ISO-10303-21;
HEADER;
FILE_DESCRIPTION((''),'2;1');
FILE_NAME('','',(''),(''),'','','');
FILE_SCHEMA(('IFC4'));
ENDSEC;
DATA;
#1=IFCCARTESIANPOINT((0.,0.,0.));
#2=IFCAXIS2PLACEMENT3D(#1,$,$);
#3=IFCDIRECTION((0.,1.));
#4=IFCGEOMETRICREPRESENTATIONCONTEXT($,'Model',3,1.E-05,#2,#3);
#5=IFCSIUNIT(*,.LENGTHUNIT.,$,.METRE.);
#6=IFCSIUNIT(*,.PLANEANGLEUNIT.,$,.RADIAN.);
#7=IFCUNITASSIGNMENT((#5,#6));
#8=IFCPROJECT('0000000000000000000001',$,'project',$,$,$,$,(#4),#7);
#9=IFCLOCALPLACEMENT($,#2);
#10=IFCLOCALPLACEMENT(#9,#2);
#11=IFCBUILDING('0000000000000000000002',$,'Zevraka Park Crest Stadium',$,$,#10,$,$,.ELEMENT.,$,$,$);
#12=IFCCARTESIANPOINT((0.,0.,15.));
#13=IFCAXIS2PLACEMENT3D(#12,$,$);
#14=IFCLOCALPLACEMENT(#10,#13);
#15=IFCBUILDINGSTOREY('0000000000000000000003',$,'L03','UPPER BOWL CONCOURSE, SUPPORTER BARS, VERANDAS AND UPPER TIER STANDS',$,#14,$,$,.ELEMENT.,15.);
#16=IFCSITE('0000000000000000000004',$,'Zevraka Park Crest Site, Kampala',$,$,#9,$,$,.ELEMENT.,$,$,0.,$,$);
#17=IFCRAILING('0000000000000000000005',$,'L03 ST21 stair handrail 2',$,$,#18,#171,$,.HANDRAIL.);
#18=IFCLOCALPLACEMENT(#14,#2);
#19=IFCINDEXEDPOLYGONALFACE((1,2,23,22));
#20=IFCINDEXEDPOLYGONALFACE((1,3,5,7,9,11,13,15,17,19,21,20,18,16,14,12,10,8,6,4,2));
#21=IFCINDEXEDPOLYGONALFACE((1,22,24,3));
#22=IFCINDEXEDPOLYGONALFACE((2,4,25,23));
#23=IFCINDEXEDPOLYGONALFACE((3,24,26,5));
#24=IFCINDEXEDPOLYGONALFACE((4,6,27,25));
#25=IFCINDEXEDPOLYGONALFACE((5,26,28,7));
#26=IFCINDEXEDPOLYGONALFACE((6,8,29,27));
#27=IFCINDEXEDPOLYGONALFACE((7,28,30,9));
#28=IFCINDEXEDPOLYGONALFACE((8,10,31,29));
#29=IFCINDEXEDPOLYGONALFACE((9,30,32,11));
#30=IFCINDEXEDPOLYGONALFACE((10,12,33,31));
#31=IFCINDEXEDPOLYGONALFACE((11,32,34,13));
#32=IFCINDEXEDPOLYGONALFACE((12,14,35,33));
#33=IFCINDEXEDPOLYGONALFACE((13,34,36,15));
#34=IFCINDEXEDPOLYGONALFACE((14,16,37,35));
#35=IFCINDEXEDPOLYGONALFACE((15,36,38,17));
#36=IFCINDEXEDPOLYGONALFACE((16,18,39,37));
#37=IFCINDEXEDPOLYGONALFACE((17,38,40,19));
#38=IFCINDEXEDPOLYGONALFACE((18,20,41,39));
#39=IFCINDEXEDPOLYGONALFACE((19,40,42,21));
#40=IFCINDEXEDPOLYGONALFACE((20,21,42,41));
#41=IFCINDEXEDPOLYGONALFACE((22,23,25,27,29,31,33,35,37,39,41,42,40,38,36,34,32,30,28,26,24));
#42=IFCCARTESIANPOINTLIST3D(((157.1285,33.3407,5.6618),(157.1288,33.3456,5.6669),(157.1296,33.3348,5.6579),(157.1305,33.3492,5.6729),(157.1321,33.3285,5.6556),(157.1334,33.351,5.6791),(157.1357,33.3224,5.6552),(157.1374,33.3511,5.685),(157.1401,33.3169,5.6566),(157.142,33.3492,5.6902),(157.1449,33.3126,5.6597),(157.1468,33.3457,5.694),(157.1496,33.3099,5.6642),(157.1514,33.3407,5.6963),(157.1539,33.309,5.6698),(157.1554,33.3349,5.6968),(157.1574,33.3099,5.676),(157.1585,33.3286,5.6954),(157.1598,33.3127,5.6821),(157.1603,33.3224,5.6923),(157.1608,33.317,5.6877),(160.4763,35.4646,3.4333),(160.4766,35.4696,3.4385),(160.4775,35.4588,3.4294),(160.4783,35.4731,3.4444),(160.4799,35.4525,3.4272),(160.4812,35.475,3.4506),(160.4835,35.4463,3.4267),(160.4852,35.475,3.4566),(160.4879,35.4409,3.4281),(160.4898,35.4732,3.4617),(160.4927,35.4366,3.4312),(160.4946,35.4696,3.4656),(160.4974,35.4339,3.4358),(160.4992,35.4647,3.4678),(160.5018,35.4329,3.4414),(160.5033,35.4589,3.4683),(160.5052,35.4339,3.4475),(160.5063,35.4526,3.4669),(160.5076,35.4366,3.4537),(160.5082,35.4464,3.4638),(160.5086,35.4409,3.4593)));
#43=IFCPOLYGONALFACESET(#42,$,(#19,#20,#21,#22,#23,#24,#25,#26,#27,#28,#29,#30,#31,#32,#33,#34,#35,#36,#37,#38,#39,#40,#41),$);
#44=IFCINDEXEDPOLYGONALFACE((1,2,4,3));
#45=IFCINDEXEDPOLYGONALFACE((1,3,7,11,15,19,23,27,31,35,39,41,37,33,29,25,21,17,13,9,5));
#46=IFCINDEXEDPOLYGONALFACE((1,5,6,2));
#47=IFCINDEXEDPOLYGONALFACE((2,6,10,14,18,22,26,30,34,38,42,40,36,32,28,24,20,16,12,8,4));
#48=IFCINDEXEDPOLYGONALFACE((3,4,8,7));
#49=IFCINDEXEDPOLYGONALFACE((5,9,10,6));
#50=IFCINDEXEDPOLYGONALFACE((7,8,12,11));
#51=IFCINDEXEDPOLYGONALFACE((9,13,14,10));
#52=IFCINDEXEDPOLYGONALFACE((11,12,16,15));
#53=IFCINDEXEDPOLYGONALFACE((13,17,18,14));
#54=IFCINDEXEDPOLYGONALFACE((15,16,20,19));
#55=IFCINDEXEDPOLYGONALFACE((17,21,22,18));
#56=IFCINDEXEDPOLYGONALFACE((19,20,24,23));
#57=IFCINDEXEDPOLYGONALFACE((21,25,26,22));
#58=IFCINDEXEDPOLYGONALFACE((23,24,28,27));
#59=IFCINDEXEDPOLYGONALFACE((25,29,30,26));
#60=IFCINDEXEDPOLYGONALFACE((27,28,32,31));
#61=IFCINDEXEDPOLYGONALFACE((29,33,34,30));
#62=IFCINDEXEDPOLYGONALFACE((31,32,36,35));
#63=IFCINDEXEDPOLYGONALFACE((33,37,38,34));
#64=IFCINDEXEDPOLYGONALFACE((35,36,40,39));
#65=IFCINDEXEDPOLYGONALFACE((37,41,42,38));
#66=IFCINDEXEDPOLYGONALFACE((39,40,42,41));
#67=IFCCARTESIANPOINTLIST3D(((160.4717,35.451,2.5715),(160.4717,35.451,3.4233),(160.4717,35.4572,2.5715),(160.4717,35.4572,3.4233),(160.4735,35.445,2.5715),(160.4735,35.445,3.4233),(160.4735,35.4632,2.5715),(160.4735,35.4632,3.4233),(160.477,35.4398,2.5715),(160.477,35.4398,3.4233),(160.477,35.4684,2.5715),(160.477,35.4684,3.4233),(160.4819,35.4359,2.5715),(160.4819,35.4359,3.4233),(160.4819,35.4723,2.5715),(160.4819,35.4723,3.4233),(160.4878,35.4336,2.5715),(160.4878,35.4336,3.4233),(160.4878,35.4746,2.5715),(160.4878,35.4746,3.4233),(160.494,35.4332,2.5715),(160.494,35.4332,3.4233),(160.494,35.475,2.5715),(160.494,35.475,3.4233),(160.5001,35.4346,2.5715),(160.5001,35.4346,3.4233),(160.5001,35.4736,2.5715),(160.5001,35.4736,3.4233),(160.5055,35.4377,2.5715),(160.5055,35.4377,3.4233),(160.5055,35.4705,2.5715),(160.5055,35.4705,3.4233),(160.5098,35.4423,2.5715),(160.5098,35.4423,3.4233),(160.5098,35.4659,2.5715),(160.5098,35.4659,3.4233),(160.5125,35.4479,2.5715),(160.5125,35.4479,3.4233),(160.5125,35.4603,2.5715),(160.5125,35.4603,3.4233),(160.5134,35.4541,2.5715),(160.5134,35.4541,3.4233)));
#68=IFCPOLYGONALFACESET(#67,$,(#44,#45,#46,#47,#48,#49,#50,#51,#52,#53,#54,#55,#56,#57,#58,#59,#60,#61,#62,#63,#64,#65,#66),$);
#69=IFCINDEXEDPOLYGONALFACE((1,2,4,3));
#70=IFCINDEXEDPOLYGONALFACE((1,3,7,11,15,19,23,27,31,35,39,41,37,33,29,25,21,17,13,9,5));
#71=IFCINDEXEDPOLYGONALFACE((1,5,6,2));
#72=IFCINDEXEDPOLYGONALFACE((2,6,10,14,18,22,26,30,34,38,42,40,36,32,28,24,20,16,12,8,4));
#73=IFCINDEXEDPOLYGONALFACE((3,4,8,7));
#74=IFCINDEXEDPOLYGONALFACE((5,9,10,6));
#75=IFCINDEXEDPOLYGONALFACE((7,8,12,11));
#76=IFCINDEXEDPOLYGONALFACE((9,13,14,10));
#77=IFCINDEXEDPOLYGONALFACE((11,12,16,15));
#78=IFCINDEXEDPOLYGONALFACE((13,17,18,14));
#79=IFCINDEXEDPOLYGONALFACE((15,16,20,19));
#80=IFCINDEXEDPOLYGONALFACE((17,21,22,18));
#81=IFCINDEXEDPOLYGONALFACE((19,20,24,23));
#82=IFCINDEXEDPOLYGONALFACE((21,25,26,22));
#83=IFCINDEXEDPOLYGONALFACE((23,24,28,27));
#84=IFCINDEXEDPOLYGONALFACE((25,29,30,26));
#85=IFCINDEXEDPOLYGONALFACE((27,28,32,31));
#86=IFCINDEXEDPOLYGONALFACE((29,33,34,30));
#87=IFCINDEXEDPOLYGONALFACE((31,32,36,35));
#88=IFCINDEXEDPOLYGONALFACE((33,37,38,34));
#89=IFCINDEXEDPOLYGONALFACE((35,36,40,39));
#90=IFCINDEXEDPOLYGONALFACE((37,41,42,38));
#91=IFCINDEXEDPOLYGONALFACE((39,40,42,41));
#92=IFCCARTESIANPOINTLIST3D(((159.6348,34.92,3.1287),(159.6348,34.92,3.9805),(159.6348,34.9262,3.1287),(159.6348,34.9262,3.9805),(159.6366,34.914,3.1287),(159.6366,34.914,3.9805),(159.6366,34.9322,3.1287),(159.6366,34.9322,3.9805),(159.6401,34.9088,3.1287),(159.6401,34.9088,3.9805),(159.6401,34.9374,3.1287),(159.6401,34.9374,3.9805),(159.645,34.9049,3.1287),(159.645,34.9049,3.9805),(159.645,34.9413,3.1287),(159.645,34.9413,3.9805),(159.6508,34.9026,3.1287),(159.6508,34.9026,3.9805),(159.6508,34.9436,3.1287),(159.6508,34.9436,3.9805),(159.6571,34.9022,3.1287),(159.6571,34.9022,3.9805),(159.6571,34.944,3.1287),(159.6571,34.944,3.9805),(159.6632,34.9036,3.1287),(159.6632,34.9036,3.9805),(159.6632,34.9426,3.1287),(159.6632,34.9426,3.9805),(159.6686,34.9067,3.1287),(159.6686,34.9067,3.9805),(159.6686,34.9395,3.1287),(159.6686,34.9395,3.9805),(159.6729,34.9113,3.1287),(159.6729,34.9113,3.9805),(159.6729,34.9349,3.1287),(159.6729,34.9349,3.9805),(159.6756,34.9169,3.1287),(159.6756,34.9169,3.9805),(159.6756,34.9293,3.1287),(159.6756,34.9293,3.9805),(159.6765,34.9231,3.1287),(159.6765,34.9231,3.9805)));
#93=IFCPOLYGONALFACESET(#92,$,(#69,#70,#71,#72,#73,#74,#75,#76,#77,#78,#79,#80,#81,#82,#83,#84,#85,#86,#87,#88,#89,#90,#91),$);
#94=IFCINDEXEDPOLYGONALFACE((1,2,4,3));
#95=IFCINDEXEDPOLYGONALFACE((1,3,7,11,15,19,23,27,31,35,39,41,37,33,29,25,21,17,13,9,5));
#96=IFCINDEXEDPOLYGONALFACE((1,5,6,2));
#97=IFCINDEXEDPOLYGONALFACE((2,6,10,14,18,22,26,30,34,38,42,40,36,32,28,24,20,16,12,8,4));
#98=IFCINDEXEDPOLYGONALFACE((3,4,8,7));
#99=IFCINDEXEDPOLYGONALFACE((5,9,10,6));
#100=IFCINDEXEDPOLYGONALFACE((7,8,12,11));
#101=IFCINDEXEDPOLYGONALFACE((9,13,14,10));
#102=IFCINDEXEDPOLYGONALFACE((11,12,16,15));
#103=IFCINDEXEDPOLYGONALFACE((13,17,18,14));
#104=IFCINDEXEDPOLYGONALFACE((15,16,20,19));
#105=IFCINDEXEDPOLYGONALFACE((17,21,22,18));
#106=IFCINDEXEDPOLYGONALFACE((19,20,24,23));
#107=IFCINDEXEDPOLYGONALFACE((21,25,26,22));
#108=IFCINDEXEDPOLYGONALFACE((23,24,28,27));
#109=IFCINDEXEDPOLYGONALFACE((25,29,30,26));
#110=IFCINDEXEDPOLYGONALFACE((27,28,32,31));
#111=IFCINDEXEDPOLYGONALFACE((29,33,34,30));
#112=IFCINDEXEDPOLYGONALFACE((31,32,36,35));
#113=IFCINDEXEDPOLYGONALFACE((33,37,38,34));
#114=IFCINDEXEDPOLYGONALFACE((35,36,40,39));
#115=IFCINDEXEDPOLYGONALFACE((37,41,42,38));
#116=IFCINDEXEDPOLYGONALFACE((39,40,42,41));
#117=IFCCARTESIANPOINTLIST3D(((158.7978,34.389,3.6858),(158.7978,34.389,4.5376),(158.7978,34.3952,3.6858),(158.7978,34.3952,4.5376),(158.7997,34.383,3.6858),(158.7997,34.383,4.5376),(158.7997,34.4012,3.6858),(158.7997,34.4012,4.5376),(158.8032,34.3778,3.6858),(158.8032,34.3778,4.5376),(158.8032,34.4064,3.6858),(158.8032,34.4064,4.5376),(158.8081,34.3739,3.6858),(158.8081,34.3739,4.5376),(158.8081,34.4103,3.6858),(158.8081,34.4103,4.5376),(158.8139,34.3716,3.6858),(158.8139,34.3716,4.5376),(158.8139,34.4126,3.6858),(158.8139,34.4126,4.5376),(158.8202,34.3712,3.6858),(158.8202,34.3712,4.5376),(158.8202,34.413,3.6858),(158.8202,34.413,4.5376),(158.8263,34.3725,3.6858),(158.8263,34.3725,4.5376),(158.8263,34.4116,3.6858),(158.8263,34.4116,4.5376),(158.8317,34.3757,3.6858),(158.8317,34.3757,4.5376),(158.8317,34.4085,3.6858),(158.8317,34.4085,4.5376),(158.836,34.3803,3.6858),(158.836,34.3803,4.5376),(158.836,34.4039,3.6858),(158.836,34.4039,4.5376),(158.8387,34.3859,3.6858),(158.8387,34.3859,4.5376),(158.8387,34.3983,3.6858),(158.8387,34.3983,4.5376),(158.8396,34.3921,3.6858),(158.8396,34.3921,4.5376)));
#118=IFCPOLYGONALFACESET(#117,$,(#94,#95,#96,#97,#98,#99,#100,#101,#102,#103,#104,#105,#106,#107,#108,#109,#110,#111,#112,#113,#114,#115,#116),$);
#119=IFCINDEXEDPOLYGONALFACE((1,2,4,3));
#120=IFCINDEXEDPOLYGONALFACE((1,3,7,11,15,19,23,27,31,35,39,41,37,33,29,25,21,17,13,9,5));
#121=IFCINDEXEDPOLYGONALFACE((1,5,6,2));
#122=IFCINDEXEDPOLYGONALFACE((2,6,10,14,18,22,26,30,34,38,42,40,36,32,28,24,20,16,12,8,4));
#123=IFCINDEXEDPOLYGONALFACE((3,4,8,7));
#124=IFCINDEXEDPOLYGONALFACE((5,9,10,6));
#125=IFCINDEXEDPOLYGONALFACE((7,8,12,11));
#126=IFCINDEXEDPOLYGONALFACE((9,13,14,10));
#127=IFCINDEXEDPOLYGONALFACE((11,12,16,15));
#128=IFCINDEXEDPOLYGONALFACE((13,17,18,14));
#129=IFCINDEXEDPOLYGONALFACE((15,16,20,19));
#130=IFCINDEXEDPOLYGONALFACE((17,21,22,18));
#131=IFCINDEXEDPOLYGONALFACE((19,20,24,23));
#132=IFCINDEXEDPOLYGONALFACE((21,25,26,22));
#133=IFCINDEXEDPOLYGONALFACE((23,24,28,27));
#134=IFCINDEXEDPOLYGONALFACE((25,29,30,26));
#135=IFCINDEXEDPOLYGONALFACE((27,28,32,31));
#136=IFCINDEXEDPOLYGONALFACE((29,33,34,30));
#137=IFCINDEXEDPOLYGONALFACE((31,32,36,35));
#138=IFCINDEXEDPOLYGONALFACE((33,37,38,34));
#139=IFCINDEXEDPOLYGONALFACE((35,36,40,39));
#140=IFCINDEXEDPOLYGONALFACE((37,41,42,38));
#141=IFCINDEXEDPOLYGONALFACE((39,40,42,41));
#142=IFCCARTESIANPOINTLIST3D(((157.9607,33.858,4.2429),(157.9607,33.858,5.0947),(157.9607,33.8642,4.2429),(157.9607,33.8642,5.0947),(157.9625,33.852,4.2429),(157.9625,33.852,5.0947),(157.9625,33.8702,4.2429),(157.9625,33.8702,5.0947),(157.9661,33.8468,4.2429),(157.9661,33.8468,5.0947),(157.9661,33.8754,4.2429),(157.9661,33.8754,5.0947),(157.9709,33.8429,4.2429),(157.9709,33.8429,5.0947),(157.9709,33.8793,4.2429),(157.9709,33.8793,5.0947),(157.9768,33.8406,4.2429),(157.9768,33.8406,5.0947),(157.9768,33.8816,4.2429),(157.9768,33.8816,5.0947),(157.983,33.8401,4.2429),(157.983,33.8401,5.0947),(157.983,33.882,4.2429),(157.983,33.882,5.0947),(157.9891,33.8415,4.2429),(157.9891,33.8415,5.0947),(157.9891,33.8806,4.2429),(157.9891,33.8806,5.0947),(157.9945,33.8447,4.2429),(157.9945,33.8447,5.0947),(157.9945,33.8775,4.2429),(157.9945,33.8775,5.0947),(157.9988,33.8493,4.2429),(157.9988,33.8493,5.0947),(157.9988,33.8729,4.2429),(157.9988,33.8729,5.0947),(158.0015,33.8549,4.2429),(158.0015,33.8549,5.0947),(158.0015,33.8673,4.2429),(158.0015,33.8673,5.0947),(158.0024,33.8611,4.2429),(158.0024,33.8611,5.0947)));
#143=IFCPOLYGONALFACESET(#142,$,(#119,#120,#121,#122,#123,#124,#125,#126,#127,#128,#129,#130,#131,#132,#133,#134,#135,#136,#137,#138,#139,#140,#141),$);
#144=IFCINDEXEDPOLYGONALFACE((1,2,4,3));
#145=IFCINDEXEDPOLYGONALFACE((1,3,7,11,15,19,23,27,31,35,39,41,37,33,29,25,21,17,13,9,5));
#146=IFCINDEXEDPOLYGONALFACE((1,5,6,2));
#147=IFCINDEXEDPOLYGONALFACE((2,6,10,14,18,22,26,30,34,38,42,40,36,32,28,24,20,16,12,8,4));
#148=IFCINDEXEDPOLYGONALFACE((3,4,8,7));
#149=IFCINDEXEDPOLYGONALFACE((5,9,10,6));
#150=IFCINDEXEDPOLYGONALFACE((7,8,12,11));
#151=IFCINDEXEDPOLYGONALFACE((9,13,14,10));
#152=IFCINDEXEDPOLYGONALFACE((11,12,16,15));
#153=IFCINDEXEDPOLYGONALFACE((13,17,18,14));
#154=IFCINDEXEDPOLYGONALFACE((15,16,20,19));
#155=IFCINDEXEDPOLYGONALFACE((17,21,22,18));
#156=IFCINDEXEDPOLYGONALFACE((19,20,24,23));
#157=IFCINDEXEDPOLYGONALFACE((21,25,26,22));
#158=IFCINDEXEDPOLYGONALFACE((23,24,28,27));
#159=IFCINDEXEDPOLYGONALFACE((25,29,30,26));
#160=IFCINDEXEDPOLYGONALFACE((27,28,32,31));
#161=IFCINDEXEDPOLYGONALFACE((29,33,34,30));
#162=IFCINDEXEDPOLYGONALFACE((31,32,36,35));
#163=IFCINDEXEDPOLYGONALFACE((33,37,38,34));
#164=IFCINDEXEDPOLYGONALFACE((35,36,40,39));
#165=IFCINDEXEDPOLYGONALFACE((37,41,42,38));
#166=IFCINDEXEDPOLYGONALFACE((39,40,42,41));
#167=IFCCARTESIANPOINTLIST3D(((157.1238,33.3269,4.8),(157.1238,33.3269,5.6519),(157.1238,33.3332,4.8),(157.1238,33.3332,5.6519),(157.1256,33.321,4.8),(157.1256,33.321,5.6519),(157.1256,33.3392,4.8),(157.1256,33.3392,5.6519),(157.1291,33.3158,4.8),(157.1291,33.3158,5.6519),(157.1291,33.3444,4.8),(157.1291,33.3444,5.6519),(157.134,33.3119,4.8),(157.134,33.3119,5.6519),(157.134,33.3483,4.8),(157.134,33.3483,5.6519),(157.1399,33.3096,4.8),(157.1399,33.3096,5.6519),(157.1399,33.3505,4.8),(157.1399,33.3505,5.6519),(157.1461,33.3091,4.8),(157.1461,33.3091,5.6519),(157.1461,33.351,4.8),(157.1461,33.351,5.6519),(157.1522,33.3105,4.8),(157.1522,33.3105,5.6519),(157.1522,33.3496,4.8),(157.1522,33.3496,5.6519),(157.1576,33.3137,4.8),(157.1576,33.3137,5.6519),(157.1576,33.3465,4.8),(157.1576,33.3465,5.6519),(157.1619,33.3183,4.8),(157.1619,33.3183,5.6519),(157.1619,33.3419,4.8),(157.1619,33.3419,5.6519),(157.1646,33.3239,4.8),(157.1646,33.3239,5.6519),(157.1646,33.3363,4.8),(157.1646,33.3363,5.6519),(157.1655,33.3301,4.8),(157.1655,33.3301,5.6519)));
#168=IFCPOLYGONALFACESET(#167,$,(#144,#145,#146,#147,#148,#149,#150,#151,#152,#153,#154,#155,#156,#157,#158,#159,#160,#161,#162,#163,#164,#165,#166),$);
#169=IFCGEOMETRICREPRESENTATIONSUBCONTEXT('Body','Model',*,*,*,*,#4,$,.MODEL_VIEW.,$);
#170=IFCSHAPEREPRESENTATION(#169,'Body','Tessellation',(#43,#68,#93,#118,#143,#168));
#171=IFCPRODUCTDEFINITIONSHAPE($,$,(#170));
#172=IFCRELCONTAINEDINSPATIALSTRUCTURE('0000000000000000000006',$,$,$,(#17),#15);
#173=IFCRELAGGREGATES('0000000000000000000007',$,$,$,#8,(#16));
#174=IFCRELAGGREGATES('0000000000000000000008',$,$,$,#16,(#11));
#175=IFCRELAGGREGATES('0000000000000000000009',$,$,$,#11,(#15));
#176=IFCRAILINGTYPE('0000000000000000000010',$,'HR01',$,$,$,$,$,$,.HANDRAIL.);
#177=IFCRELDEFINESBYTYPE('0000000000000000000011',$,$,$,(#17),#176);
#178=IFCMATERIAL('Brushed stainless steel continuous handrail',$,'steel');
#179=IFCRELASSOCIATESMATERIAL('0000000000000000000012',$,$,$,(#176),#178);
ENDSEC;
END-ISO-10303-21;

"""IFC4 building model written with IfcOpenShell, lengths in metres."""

from ifc_helpers import new_model, si_unit, direction, frame, origin, origin_2d, place, context, subcontext, project, spatial, circle, extrude, material, type_object, element, save


model = new_model("IFC4")

# Units and contexts
model_context = context("Model", 3, precision=1e-05, world=origin(), true_north=direction((0.0, 1.0)))
body_context = subcontext(model_context, "Body", "Model", "MODEL_VIEW")
ifc_project = project(units=[si_unit("LENGTHUNIT", "METRE"), si_unit("PLANEANGLEUNIT", "RADIAN")], contexts=[model_context])

# Site, building, storey
site_placement = place(None, origin())
site = spatial("IfcSite", under=ifc_project, at=site_placement, Name="Zevraka Park Crest Site, Kampala", CompositionType="ELEMENT", RefElevation=0.0)
building_placement = place(site_placement, origin())
building = spatial("IfcBuilding", under=site, at=building_placement, Name="Zevraka Park Crest Stadium", CompositionType="ELEMENT")
storey_placement = place(building_placement, frame((0.0, 0.0, 15.0)))
storey = spatial("IfcBuildingStorey", under=building, at=storey_placement, Name="L03", Description="UPPER BOWL CONCOURSE, SUPPORTER BARS, VERANDAS AND UPPER TIER STANDS", CompositionType="ELEMENT", Elevation=15.0)

# Railing
ifc_material_1 = material(Name="Brushed stainless steel continuous handrail", Category="steel")
railing_type_1 = type_object("IfcRailingType", Name="HR01", PredefinedType="HANDRAIL", material=ifc_material_1)
railing_1_placement = place(storey_placement, frame((160.4924, 35.4541, 2.5715)))
element("IfcRailing", 1, at=railing_1_placement, inside=storey, type_object=railing_type_1, Name="L03 ST21 stair handrail 2", PredefinedType="HANDRAIL", context=body_context, shape_type="SweptSolid", body=[
    extrude(circle(Radius=0.0239, at=origin_2d()), frame((0.0, 0.0, 0.876), z_axis=(-0.736092, -0.467002, 0.489977), x_axis=(0.535716, -0.844399, 0.0)), (0.0, 0.0, 1.0), 4.5481),
    extrude(circle(Radius=0.021, at=origin_2d()), origin(), (0.0, 0.0, 1.0), 0.8518),
    extrude(circle(Radius=0.021, at=origin_2d()), frame((-0.8369, -0.531, 0.5571)), (0.0, 0.0, 1.0), 0.8518),
    extrude(circle(Radius=0.021, at=origin_2d()), frame((-1.6738, -1.062, 1.1143)), (0.0, 0.0, 1.0), 0.8518),
    extrude(circle(Radius=0.021, at=origin_2d()), frame((-2.511, -1.593, 1.6714)), (0.0, 0.0, 1.0), 0.8518),
    extrude(circle(Radius=0.021, at=origin_2d()), frame((-3.3479, -2.124, 2.2285)), (0.0, 0.0, 1.0), 0.8518),
])

save(model, "model.ifc")
